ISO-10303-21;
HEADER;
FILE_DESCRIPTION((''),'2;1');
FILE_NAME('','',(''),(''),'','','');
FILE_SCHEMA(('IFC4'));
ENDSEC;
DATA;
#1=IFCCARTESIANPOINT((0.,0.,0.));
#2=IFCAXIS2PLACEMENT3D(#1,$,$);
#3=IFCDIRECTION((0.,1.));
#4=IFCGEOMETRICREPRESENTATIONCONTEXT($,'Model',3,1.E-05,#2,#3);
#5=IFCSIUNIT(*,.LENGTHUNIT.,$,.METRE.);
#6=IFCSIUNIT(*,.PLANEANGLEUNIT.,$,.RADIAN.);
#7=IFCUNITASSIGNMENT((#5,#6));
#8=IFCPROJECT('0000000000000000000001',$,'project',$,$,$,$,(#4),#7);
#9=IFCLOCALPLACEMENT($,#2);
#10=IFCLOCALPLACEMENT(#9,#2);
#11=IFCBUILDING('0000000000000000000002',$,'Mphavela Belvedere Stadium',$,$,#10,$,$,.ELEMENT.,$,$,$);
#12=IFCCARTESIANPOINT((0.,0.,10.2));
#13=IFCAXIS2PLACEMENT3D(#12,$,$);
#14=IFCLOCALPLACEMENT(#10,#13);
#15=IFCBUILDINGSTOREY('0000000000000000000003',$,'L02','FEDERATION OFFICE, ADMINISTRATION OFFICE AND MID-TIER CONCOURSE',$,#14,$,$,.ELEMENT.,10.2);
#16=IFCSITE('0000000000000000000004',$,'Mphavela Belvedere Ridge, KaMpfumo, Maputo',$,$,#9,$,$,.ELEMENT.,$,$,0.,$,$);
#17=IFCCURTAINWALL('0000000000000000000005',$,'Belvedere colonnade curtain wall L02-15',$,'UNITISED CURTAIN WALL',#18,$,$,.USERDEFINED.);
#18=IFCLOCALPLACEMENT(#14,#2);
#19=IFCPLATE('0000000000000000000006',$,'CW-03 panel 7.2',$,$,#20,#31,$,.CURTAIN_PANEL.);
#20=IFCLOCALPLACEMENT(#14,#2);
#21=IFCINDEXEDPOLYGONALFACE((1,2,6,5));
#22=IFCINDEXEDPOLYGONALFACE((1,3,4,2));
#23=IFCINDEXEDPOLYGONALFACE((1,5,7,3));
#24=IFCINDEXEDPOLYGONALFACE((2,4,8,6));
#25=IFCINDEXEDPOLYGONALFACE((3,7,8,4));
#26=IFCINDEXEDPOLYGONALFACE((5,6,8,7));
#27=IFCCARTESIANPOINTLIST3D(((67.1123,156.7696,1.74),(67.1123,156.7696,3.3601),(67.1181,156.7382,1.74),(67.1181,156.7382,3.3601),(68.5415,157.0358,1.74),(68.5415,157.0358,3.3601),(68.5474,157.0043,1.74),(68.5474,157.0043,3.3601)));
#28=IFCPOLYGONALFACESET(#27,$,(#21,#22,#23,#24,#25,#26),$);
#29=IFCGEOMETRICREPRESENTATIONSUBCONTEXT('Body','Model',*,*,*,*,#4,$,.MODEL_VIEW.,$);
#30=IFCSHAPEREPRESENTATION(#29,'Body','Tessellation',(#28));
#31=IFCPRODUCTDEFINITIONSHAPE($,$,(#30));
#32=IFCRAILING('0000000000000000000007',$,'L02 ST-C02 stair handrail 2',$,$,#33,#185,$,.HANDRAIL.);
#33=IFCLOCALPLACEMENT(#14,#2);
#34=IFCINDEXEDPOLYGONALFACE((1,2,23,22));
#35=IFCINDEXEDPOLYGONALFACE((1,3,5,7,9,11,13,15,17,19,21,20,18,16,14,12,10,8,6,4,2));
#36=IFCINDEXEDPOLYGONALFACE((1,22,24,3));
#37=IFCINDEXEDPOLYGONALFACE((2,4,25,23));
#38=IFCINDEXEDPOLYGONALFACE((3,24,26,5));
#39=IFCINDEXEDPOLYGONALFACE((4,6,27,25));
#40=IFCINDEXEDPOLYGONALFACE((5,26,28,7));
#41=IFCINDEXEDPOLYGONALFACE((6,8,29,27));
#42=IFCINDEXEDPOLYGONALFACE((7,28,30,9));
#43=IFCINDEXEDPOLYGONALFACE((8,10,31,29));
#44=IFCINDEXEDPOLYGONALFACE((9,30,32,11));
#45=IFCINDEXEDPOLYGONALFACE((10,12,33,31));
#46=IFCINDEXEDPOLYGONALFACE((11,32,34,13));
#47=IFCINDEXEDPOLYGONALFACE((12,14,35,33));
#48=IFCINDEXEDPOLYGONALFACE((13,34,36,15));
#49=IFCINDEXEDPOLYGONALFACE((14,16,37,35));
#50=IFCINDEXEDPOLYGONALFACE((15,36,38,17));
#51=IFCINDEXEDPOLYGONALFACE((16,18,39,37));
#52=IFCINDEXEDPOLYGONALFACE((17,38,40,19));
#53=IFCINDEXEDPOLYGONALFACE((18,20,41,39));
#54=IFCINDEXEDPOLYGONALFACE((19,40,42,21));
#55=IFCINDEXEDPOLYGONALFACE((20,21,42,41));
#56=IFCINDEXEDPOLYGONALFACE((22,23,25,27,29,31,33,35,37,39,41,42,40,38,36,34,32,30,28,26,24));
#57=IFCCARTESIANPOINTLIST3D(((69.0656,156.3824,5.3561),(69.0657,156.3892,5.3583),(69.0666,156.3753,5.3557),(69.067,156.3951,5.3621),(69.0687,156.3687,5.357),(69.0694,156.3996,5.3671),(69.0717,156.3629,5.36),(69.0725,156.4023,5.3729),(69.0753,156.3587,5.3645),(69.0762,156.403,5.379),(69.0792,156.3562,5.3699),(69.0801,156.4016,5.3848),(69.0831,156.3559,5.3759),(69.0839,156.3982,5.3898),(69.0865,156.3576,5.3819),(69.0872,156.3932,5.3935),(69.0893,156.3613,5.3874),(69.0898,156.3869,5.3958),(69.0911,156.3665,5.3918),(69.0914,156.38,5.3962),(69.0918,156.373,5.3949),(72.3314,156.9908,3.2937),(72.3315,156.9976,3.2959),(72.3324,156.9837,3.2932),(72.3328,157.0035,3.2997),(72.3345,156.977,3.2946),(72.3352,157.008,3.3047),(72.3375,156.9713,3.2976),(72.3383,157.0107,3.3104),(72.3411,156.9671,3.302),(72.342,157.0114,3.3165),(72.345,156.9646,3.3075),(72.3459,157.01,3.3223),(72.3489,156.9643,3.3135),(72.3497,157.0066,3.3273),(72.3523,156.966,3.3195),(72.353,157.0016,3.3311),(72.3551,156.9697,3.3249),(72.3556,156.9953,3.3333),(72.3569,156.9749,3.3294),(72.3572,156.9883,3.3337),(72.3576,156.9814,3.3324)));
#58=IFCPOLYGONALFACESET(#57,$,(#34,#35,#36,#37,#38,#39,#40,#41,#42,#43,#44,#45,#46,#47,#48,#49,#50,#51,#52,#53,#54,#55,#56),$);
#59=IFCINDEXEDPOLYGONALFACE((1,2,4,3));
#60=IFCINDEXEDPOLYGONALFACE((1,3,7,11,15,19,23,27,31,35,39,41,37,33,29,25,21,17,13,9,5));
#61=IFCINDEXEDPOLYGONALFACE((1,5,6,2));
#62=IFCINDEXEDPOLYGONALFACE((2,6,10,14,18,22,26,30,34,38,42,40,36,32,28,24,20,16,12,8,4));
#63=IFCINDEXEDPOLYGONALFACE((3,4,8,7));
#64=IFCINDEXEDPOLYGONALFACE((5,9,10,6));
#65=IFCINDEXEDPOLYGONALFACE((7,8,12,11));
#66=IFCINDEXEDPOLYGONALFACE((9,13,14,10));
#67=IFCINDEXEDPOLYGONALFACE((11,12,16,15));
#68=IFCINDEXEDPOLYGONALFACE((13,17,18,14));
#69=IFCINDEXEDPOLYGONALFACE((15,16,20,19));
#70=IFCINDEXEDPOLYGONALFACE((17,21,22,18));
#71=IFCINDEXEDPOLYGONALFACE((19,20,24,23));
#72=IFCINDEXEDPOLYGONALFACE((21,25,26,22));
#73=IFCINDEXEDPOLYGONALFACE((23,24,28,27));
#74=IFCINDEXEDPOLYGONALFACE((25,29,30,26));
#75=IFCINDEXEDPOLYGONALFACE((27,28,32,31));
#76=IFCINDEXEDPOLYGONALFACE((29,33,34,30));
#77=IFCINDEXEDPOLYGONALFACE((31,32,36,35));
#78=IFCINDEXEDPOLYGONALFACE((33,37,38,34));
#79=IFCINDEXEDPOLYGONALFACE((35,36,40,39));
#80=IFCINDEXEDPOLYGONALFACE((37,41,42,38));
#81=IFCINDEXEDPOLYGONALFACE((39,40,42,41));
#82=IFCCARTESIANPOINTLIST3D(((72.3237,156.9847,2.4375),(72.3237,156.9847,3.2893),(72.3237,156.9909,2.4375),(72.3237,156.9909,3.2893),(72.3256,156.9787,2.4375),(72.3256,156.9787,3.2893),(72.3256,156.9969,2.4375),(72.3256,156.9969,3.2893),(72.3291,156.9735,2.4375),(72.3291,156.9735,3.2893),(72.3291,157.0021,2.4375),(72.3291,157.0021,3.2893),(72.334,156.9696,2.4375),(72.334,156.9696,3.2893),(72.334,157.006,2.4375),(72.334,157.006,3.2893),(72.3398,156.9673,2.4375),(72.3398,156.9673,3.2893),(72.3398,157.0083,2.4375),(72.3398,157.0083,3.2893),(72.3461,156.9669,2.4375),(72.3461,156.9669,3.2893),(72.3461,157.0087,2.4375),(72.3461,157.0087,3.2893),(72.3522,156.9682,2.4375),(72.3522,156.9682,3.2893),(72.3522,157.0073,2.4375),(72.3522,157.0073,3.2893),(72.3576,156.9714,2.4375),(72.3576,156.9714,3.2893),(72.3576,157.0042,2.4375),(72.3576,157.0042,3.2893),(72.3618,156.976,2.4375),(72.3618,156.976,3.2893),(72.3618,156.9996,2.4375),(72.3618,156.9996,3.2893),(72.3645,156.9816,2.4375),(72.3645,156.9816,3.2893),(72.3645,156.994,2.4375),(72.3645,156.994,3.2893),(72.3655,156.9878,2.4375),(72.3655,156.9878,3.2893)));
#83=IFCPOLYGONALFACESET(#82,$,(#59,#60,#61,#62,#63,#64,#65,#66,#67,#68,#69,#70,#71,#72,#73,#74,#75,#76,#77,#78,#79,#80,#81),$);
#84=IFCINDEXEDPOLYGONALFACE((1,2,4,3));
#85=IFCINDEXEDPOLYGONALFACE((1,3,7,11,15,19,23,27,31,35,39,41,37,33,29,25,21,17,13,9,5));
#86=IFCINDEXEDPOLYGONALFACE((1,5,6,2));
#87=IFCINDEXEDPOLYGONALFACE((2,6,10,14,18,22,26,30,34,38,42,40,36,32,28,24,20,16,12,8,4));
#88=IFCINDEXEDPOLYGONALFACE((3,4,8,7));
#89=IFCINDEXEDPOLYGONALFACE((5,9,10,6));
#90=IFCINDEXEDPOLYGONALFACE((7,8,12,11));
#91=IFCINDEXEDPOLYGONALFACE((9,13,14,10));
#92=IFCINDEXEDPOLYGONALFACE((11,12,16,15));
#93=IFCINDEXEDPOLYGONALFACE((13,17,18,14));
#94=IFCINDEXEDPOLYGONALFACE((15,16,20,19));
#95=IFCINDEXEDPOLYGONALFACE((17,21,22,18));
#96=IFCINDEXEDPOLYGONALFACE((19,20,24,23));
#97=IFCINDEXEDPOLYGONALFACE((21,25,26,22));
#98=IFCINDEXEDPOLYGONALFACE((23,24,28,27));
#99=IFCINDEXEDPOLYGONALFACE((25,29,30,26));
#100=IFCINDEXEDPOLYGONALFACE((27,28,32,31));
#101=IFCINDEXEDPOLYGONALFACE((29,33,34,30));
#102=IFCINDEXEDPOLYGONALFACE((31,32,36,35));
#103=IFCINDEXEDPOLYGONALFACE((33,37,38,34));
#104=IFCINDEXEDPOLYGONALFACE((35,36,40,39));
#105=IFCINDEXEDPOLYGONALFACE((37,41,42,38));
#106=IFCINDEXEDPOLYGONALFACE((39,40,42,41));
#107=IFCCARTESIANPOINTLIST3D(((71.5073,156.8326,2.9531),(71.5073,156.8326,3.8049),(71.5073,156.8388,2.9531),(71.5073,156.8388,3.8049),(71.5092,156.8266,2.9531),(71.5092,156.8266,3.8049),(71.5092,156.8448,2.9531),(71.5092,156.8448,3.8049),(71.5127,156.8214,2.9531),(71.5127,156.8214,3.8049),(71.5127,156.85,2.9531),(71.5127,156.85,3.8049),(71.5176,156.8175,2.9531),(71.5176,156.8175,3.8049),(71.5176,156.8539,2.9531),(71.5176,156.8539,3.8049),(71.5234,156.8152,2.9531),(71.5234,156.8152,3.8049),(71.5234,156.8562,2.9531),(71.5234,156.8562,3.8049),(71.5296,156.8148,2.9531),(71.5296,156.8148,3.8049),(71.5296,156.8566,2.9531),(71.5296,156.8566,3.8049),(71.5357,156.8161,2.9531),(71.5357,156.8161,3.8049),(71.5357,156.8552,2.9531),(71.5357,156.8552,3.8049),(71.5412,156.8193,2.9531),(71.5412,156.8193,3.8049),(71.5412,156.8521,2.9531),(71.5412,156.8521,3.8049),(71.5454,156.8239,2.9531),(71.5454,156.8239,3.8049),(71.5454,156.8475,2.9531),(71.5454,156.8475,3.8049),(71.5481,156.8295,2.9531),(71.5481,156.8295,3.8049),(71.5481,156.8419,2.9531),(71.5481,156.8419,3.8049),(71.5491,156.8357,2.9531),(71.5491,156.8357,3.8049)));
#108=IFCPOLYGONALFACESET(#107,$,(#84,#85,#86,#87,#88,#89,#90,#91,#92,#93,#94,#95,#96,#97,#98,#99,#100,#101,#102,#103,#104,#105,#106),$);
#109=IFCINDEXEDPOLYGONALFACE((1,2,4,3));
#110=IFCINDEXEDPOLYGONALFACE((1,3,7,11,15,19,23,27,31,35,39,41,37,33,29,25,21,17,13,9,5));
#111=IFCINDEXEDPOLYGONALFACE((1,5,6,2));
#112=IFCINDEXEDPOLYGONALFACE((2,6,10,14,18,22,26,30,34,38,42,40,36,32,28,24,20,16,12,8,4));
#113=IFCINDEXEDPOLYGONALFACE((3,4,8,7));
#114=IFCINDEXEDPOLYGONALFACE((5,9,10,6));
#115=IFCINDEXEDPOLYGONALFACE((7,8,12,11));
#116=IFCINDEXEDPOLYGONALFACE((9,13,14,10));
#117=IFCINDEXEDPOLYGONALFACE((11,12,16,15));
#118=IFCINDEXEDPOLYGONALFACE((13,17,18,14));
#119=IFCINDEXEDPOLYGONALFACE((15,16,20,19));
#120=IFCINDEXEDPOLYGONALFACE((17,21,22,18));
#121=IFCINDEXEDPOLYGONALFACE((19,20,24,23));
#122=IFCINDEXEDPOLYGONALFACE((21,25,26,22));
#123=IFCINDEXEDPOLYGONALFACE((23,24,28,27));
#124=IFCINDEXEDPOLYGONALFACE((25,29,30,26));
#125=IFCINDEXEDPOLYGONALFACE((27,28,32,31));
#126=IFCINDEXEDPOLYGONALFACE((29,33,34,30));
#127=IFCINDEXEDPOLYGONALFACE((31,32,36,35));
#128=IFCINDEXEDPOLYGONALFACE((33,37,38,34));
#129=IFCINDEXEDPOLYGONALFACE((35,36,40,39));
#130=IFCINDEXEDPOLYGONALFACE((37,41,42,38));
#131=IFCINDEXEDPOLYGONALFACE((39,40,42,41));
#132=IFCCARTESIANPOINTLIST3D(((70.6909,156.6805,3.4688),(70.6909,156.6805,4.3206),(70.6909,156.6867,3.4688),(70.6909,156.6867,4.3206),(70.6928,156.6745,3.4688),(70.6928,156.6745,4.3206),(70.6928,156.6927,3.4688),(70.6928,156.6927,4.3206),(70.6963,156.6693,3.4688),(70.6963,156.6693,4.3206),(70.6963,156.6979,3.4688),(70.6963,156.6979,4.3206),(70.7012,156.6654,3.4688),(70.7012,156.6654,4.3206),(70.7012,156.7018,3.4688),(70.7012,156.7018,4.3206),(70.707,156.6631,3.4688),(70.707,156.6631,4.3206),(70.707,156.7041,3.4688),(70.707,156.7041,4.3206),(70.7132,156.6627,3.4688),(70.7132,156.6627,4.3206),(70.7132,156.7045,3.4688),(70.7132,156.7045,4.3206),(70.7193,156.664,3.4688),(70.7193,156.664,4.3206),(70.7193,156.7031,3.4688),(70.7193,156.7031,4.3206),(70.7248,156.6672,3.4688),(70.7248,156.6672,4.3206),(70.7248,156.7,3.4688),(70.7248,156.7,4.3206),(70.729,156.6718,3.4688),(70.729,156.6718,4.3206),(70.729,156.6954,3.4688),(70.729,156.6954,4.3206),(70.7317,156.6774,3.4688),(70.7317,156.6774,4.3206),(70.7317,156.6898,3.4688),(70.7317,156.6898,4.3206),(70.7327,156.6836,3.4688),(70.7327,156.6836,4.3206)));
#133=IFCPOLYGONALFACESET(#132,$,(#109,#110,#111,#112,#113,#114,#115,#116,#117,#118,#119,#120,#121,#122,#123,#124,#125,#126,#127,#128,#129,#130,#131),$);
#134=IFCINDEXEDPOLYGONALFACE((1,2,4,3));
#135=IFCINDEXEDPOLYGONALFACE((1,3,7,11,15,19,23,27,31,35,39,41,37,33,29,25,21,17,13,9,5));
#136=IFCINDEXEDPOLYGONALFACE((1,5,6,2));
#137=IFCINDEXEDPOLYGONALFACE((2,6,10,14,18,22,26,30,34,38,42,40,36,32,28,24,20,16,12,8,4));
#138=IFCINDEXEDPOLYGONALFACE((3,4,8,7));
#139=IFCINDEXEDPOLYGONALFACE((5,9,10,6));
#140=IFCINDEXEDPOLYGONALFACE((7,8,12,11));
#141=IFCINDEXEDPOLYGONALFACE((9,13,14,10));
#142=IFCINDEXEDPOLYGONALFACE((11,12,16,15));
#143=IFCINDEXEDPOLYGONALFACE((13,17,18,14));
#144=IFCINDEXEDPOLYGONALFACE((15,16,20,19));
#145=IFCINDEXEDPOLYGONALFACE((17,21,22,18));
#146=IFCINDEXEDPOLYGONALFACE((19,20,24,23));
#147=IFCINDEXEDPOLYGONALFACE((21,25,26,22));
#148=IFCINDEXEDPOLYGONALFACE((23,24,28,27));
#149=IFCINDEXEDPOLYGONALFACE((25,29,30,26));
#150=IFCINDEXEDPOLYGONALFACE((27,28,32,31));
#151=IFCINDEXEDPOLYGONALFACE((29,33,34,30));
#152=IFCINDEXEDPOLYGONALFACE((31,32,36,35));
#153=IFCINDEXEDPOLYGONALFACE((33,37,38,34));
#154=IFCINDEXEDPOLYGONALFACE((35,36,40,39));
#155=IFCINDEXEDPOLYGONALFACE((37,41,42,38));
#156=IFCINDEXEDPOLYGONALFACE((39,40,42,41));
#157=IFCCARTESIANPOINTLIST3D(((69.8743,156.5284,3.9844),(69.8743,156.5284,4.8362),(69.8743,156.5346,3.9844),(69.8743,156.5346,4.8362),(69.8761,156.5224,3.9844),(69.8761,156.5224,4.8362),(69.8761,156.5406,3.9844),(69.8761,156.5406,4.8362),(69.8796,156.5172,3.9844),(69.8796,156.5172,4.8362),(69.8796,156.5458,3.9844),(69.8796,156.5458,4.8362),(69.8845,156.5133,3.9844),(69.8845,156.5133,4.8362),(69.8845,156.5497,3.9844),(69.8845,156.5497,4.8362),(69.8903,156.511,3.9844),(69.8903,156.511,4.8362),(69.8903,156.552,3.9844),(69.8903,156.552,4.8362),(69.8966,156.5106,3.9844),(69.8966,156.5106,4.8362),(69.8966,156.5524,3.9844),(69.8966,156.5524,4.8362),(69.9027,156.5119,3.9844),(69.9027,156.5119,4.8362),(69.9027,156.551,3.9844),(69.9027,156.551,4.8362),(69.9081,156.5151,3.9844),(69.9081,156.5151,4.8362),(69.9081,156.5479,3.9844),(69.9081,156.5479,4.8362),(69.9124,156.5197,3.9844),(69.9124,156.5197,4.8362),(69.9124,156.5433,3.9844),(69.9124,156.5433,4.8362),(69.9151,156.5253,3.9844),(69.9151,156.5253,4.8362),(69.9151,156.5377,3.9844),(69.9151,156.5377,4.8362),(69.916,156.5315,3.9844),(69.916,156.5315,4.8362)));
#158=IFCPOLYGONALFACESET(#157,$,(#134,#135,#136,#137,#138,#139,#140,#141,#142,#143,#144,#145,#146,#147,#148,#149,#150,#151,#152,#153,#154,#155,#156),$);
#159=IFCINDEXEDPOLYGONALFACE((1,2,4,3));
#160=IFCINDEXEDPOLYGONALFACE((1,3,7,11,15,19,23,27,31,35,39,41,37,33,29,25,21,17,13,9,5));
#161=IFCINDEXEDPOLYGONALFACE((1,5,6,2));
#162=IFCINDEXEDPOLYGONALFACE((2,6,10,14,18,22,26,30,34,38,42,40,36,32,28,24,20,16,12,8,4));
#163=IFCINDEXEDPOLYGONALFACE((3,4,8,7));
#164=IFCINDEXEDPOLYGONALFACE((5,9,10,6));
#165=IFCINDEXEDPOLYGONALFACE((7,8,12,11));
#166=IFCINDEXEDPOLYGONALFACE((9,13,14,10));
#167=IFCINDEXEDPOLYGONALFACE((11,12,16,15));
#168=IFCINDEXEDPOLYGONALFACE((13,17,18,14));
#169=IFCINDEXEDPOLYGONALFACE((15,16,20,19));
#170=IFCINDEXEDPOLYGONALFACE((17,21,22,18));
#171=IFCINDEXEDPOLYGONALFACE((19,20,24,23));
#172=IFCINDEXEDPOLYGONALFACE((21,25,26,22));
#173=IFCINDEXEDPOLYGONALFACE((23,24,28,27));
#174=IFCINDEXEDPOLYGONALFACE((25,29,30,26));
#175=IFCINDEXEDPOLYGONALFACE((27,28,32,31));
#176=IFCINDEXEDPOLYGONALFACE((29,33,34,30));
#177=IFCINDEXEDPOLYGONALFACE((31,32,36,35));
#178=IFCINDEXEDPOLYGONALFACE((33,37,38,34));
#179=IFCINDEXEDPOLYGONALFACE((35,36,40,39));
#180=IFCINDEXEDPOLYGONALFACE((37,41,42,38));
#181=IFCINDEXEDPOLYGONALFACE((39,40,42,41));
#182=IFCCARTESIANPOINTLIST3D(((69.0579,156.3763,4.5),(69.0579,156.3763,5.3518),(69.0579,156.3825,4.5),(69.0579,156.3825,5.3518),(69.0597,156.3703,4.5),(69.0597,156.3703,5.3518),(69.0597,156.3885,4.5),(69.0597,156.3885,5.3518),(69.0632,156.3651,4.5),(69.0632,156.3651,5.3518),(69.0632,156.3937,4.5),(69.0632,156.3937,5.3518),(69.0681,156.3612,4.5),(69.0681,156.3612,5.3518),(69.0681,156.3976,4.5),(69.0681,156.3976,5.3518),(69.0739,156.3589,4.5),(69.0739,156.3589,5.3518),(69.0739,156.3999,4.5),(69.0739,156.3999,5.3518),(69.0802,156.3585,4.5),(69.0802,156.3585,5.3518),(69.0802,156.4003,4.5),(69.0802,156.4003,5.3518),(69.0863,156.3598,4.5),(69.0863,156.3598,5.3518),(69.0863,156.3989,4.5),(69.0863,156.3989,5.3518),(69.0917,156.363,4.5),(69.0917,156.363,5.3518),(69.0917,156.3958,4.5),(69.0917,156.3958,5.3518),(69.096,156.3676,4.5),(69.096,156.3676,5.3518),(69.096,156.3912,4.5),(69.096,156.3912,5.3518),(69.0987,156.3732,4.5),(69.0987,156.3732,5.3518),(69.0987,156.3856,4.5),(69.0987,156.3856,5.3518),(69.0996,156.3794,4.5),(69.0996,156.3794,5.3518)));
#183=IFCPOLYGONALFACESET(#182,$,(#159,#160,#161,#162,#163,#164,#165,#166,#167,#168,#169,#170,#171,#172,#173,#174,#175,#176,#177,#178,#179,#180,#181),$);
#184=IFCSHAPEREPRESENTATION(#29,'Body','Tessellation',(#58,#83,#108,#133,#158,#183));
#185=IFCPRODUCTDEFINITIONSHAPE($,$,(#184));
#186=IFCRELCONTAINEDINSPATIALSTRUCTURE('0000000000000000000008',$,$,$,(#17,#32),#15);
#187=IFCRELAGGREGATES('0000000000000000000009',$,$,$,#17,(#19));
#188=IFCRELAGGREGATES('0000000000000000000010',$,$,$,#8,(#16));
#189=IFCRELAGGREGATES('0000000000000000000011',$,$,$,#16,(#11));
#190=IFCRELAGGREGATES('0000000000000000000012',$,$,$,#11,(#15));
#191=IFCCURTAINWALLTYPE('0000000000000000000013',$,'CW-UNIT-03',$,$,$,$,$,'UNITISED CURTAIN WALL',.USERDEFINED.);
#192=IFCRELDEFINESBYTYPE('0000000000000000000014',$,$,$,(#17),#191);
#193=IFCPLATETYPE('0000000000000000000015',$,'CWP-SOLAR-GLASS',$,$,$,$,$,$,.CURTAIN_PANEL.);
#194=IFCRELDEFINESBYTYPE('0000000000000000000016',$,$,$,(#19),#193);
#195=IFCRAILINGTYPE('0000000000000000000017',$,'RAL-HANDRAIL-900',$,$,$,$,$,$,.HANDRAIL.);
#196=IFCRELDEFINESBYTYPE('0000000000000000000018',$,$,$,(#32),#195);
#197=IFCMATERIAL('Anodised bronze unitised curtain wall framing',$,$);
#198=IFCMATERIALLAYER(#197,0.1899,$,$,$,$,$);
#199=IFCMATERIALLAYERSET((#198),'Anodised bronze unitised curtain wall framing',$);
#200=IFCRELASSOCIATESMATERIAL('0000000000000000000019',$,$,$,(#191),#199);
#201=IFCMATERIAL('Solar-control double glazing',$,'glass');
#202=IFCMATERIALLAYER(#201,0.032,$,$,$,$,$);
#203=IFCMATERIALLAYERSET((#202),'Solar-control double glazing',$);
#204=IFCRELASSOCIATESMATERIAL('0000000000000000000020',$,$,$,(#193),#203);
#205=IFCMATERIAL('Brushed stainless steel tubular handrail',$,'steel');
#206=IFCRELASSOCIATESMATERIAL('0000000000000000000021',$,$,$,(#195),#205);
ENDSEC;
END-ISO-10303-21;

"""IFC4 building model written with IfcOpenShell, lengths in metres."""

from ifc_helpers import new_model, si_unit, direction, frame, origin, origin_2d, place, context, subcontext, project, spatial, rectangle, circle, extrude, material, layer, layer_set, type_object, element, aggregate, save


model = new_model("IFC4")

# Units and contexts
model_context = context("Model", 3, precision=1e-05, world=origin(), true_north=direction((0.0, 1.0)))
body_context = subcontext(model_context, "Body", "Model", "MODEL_VIEW")
ifc_project = project(units=[si_unit("LENGTHUNIT", "METRE"), si_unit("PLANEANGLEUNIT", "RADIAN")], contexts=[model_context])

# Site, building, storey
site_placement = place(None, origin())
site = spatial("IfcSite", under=ifc_project, at=site_placement, Name="Mphavela Belvedere Ridge, KaMpfumo, Maputo", CompositionType="ELEMENT", RefElevation=0.0)
building_placement = place(site_placement, origin())
building = spatial("IfcBuilding", under=site, at=building_placement, Name="Mphavela Belvedere Stadium", CompositionType="ELEMENT")
storey_placement = place(building_placement, frame((0.0, 0.0, 10.2)))
storey = spatial("IfcBuildingStorey", under=building, at=storey_placement, Name="L02", Description="FEDERATION OFFICE, ADMINISTRATION OFFICE AND MID-TIER CONCOURSE", CompositionType="ELEMENT", Elevation=10.2)

# Curtain wall, plate
ifc_material_1 = material(Name="Anodised bronze unitised curtain wall framing")
ifc_layer_1 = layer(ifc_material_1, 0.1899)
ifc_layer_set_1 = layer_set([ifc_layer_1], Name="Anodised bronze unitised curtain wall framing")
curtain_wall_type = type_object("IfcCurtainWallType", Name="CW-UNIT-03", ElementType="UNITISED CURTAIN WALL", PredefinedType="USERDEFINED", material=ifc_layer_set_1)
curtain_wall_placement = place(storey_placement, origin())
curtain_wall = element("IfcCurtainWall", 1, at=curtain_wall_placement, inside=storey, type_object=curtain_wall_type, Name="Belvedere colonnade curtain wall L02-15", ObjectType="UNITISED CURTAIN WALL", PredefinedType="USERDEFINED")
ifc_material_2 = material(Name="Solar-control double glazing", Category="glass")
ifc_layer_2 = layer(ifc_material_2, 0.032)
ifc_layer_set_2 = layer_set([ifc_layer_2], Name="Solar-control double glazing")
plate_type = type_object("IfcPlateType", Name="CWP-SOLAR-GLASS", PredefinedType="CURTAIN_PANEL", material=ifc_layer_set_2)
plate_1_placement = place(storey_placement, frame((67.8298, 156.887, 1.74), z_axis=(0.0, 0.0, 1.0), x_axis=(-0.983097, -0.183085, 0.0)))
plate_1 = element("IfcPlate", 2, at=plate_1_placement, type_object=plate_type, Name="CW-03 panel 7.2", PredefinedType="CURTAIN_PANEL", context=body_context, shape_type="SweptSolid", body=[
    extrude(rectangle(XDim=1.4539, YDim=0.032, at=origin_2d()), origin(), (0.0, 0.0, 1.0), 1.6201),
])
aggregate(curtain_wall, [plate_1])

# Railing
ifc_material_3 = material(Name="Brushed stainless steel tubular handrail", Category="steel")
railing_type = type_object("IfcRailingType", Name="RAL-HANDRAIL-900", PredefinedType="HANDRAIL", material=ifc_material_3)
railing_placement = place(storey_placement, frame((72.3445, 156.9878, 2.4375)))
element("IfcRailing", 3, at=railing_placement, inside=storey, type_object=railing_type, Name="L02 ST-C02 stair handrail 2", PredefinedType="HANDRAIL", context=body_context, shape_type="SweptSolid", body=[
    extrude(circle(Radius=0.0239, at=origin_2d()), frame((0.0, 0.0, 0.876), z_axis=(-0.83521, -0.155591, 0.527462), x_axis=(0.183139, -0.983087, 0.0)), (0.0, 0.0, 1.0), 3.9102),
    extrude(circle(Radius=0.021, at=origin_2d()), origin(), (0.0, 0.0, 1.0), 0.8518),
    extrude(circle(Radius=0.021, at=origin_2d()), frame((-0.8164, -0.1521, 0.5156)), (0.0, 0.0, 1.0), 0.8518),
    extrude(circle(Radius=0.021, at=origin_2d()), frame((-1.6328, -0.3042, 1.0312)), (0.0, 0.0, 1.0), 0.8518),
    extrude(circle(Radius=0.021, at=origin_2d()), frame((-2.4495, -0.4563, 1.5469)), (0.0, 0.0, 1.0), 0.8518),
    extrude(circle(Radius=0.021, at=origin_2d()), frame((-3.2659, -0.6084, 2.0625)), (0.0, 0.0, 1.0), 0.8518),
])

save(model, "model.ifc")
